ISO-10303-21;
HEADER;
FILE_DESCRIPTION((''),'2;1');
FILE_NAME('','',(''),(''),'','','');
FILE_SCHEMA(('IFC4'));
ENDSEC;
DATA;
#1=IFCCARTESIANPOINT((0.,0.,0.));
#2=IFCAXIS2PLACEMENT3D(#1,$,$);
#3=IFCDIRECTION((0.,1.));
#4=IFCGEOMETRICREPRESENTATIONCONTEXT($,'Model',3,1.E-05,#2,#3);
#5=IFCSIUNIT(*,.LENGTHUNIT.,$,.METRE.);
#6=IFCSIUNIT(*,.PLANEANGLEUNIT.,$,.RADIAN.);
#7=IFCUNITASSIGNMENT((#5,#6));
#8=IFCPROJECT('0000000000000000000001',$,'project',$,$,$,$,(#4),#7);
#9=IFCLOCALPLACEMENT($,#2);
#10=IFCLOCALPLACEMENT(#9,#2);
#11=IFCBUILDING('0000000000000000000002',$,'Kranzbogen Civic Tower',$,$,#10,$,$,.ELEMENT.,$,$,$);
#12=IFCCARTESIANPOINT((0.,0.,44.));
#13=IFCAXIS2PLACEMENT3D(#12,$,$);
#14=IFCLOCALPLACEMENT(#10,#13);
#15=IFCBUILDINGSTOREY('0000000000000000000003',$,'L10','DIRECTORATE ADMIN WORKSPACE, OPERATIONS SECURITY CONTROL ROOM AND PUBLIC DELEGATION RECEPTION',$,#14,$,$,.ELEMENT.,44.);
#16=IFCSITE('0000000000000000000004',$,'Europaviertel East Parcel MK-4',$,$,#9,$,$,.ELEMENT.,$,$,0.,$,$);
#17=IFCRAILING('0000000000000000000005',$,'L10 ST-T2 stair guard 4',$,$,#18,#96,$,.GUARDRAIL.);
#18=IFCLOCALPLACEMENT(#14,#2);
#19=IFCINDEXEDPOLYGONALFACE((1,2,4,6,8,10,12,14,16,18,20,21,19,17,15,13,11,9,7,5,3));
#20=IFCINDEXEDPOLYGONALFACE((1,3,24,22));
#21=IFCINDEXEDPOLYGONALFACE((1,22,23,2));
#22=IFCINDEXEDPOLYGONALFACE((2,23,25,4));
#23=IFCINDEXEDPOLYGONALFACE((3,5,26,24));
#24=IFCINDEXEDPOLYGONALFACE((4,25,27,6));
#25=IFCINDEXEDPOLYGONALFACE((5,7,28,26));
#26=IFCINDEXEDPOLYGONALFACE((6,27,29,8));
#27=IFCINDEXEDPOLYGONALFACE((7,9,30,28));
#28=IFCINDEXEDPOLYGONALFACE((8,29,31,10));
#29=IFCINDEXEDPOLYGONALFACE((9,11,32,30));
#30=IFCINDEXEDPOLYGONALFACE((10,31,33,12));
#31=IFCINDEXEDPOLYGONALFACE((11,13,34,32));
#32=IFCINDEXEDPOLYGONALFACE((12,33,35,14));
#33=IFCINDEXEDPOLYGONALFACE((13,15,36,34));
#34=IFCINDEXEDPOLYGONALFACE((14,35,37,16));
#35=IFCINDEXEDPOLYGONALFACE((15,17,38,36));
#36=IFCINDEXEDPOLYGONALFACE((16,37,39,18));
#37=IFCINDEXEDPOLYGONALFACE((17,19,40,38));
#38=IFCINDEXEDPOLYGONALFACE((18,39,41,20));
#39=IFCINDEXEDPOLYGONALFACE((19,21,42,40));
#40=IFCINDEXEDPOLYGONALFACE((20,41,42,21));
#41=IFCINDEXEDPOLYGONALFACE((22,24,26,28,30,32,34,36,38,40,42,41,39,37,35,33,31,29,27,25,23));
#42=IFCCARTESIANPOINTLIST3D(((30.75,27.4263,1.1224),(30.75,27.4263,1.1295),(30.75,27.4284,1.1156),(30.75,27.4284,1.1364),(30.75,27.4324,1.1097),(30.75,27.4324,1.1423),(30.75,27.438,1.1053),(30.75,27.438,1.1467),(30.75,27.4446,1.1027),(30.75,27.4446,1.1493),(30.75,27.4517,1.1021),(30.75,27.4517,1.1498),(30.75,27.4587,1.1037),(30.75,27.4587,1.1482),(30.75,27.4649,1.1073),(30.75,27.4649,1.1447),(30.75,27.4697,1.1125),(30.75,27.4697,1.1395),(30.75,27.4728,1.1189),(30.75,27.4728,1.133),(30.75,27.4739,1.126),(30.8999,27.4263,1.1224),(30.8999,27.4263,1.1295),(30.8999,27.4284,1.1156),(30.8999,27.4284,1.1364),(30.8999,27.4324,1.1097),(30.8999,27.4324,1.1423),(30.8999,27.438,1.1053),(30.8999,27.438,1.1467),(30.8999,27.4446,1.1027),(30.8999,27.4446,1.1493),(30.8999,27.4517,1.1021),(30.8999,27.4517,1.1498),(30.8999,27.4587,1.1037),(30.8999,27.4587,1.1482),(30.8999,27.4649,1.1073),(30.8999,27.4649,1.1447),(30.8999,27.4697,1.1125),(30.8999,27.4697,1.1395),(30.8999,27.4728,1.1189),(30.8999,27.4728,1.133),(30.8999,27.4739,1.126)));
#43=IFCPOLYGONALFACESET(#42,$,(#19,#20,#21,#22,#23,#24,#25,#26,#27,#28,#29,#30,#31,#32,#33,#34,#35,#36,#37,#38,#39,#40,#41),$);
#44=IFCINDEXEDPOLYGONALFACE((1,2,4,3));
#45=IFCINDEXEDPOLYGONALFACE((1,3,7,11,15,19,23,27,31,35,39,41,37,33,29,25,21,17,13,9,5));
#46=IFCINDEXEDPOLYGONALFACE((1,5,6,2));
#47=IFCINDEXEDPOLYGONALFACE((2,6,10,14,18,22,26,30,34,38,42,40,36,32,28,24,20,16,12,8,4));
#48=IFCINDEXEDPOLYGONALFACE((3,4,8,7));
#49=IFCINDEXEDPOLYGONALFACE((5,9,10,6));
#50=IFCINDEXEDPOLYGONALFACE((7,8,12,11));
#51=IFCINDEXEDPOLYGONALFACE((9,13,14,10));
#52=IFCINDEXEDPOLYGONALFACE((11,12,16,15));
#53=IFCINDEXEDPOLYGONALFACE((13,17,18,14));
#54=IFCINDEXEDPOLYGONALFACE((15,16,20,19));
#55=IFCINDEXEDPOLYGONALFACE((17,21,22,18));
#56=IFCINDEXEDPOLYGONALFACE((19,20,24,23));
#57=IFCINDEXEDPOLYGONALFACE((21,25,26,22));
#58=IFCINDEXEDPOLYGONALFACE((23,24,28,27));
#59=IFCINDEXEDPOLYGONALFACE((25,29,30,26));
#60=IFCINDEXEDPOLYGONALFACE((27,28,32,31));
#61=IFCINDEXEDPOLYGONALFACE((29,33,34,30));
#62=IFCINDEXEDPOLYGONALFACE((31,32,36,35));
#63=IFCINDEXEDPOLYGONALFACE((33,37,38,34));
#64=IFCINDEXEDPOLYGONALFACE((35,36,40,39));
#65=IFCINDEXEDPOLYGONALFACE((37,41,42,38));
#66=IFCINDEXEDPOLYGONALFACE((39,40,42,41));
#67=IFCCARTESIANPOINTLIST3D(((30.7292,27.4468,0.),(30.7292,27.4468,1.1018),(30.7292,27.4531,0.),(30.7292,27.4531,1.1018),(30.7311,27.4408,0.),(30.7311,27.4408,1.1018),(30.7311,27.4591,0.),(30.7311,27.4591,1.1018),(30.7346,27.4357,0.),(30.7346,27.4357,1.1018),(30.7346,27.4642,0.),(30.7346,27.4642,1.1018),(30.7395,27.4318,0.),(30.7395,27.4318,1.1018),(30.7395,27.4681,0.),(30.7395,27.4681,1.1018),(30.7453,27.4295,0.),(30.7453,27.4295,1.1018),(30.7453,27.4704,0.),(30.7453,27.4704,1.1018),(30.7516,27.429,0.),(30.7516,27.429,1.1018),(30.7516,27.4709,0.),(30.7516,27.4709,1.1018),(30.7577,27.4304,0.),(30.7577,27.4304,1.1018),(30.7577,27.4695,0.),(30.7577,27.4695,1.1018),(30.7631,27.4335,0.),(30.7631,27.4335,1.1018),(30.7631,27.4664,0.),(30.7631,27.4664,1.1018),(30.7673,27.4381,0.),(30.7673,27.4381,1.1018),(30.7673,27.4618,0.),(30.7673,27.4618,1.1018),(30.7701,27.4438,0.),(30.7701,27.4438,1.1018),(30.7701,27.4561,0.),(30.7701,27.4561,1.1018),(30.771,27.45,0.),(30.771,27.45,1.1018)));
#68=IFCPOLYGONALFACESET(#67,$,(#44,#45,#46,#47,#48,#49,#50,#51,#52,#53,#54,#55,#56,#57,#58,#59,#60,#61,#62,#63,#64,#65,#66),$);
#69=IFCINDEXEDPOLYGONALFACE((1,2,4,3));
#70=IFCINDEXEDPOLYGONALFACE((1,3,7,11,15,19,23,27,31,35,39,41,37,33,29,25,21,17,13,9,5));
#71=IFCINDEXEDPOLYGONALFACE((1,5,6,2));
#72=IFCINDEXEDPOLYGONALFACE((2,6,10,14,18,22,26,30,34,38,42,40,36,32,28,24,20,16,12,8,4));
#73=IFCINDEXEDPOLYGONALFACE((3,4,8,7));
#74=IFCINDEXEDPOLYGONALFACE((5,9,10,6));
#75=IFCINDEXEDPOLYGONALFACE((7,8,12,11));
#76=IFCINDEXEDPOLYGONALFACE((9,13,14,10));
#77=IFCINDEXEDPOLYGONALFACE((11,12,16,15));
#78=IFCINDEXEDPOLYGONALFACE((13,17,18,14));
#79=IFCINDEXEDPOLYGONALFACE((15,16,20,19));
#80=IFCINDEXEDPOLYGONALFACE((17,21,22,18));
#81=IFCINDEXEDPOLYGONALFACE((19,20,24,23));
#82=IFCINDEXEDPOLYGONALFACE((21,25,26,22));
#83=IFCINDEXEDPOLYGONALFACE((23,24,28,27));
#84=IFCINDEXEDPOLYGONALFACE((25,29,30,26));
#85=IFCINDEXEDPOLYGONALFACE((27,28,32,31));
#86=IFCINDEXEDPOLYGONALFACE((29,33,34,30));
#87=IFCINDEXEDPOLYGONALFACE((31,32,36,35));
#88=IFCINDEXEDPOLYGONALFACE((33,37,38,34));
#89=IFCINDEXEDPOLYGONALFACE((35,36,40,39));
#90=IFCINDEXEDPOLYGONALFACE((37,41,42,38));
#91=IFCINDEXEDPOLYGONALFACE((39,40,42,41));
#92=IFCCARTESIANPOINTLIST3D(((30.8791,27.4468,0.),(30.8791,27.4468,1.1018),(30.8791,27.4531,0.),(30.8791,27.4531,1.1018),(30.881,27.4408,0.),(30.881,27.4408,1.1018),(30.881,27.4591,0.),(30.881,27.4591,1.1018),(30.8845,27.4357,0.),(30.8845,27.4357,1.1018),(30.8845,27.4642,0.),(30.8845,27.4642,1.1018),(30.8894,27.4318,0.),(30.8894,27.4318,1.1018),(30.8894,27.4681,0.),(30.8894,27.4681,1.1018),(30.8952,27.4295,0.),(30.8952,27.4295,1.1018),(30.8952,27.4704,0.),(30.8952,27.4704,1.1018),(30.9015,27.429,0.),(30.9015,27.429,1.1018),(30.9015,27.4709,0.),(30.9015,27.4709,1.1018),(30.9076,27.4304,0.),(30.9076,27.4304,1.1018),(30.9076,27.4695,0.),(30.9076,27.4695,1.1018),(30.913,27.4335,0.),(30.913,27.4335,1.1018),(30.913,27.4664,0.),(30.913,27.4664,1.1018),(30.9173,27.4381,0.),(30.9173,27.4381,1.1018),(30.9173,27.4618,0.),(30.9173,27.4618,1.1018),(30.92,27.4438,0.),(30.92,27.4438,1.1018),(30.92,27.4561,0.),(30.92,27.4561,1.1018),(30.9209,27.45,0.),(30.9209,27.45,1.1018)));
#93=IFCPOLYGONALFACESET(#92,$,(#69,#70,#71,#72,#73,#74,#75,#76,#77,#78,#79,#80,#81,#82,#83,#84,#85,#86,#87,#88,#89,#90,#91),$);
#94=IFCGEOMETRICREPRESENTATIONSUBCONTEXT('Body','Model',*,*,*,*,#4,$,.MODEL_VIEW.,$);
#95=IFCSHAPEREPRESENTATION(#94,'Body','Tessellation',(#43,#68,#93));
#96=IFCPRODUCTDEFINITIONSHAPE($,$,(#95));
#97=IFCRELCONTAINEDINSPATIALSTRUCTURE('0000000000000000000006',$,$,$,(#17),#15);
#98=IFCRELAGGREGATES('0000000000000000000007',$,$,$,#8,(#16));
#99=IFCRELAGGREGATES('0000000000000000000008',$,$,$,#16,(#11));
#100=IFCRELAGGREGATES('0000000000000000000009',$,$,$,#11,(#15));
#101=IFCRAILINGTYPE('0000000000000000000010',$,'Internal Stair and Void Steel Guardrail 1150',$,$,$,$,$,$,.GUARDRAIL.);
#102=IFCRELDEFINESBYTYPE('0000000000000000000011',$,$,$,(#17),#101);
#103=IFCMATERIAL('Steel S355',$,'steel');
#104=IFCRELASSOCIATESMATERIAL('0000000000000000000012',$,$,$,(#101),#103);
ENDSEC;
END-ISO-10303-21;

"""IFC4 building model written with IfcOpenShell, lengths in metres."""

from ifc_helpers import new_model, si_unit, direction, frame, origin, origin_2d, place, context, subcontext, project, spatial, circle, extrude, material, type_object, element, save


model = new_model("IFC4")

# Units and contexts
model_context = context("Model", 3, precision=1e-05, world=origin(), true_north=direction((0.0, 1.0)))
body_context = subcontext(model_context, "Body", "Model", "MODEL_VIEW")
ifc_project = project(units=[si_unit("LENGTHUNIT", "METRE"), si_unit("PLANEANGLEUNIT", "RADIAN")], contexts=[model_context])

# Site, building, storey
site_placement = place(None, origin())
site = spatial("IfcSite", under=ifc_project, at=site_placement, Name="Europaviertel East Parcel MK-4", CompositionType="ELEMENT", RefElevation=0.0)
building_placement = place(site_placement, origin())
building = spatial("IfcBuilding", under=site, at=building_placement, Name="Kranzbogen Civic Tower", CompositionType="ELEMENT")
storey_placement = place(building_placement, frame((0.0, 0.0, 44.0)))
storey = spatial("IfcBuildingStorey", under=building, at=storey_placement, Name="L10", Description="DIRECTORATE ADMIN WORKSPACE, OPERATIONS SECURITY CONTROL ROOM AND PUBLIC DELEGATION RECEPTION", CompositionType="ELEMENT", Elevation=44.0)

# Shared definitions
ifc_material_1 = material(Name="Steel S355", Category="steel")

# Railing
railing_type_1 = type_object("IfcRailingType", Name="Internal Stair and Void Steel Guardrail 1150", PredefinedType="GUARDRAIL", material=ifc_material_1)
railing_1_placement = place(storey_placement, frame((30.75, 27.45, 0.0)))
element("IfcRailing", 1, at=railing_1_placement, inside=storey, type_object=railing_type_1, Name="L10 ST-T2 stair guard 4", PredefinedType="GUARDRAIL", context=body_context, shape_type="SweptSolid", body=[
    extrude(circle(Radius=0.0239, at=origin_2d()), frame((0.0, 0.0, 1.126), z_axis=(1.0, 0.0, 0.0), x_axis=(0.0, 1.0, 0.0)), (0.0, 0.0, 1.0), 0.1499),
    extrude(circle(Radius=0.021, at=origin_2d()), origin(), (0.0, 0.0, 1.0), 1.1018),
    extrude(circle(Radius=0.021, at=origin_2d()), frame((0.1499, 0.0, 0.0)), (0.0, 0.0, 1.0), 1.1018),
])

save(model, "model.ifc")
